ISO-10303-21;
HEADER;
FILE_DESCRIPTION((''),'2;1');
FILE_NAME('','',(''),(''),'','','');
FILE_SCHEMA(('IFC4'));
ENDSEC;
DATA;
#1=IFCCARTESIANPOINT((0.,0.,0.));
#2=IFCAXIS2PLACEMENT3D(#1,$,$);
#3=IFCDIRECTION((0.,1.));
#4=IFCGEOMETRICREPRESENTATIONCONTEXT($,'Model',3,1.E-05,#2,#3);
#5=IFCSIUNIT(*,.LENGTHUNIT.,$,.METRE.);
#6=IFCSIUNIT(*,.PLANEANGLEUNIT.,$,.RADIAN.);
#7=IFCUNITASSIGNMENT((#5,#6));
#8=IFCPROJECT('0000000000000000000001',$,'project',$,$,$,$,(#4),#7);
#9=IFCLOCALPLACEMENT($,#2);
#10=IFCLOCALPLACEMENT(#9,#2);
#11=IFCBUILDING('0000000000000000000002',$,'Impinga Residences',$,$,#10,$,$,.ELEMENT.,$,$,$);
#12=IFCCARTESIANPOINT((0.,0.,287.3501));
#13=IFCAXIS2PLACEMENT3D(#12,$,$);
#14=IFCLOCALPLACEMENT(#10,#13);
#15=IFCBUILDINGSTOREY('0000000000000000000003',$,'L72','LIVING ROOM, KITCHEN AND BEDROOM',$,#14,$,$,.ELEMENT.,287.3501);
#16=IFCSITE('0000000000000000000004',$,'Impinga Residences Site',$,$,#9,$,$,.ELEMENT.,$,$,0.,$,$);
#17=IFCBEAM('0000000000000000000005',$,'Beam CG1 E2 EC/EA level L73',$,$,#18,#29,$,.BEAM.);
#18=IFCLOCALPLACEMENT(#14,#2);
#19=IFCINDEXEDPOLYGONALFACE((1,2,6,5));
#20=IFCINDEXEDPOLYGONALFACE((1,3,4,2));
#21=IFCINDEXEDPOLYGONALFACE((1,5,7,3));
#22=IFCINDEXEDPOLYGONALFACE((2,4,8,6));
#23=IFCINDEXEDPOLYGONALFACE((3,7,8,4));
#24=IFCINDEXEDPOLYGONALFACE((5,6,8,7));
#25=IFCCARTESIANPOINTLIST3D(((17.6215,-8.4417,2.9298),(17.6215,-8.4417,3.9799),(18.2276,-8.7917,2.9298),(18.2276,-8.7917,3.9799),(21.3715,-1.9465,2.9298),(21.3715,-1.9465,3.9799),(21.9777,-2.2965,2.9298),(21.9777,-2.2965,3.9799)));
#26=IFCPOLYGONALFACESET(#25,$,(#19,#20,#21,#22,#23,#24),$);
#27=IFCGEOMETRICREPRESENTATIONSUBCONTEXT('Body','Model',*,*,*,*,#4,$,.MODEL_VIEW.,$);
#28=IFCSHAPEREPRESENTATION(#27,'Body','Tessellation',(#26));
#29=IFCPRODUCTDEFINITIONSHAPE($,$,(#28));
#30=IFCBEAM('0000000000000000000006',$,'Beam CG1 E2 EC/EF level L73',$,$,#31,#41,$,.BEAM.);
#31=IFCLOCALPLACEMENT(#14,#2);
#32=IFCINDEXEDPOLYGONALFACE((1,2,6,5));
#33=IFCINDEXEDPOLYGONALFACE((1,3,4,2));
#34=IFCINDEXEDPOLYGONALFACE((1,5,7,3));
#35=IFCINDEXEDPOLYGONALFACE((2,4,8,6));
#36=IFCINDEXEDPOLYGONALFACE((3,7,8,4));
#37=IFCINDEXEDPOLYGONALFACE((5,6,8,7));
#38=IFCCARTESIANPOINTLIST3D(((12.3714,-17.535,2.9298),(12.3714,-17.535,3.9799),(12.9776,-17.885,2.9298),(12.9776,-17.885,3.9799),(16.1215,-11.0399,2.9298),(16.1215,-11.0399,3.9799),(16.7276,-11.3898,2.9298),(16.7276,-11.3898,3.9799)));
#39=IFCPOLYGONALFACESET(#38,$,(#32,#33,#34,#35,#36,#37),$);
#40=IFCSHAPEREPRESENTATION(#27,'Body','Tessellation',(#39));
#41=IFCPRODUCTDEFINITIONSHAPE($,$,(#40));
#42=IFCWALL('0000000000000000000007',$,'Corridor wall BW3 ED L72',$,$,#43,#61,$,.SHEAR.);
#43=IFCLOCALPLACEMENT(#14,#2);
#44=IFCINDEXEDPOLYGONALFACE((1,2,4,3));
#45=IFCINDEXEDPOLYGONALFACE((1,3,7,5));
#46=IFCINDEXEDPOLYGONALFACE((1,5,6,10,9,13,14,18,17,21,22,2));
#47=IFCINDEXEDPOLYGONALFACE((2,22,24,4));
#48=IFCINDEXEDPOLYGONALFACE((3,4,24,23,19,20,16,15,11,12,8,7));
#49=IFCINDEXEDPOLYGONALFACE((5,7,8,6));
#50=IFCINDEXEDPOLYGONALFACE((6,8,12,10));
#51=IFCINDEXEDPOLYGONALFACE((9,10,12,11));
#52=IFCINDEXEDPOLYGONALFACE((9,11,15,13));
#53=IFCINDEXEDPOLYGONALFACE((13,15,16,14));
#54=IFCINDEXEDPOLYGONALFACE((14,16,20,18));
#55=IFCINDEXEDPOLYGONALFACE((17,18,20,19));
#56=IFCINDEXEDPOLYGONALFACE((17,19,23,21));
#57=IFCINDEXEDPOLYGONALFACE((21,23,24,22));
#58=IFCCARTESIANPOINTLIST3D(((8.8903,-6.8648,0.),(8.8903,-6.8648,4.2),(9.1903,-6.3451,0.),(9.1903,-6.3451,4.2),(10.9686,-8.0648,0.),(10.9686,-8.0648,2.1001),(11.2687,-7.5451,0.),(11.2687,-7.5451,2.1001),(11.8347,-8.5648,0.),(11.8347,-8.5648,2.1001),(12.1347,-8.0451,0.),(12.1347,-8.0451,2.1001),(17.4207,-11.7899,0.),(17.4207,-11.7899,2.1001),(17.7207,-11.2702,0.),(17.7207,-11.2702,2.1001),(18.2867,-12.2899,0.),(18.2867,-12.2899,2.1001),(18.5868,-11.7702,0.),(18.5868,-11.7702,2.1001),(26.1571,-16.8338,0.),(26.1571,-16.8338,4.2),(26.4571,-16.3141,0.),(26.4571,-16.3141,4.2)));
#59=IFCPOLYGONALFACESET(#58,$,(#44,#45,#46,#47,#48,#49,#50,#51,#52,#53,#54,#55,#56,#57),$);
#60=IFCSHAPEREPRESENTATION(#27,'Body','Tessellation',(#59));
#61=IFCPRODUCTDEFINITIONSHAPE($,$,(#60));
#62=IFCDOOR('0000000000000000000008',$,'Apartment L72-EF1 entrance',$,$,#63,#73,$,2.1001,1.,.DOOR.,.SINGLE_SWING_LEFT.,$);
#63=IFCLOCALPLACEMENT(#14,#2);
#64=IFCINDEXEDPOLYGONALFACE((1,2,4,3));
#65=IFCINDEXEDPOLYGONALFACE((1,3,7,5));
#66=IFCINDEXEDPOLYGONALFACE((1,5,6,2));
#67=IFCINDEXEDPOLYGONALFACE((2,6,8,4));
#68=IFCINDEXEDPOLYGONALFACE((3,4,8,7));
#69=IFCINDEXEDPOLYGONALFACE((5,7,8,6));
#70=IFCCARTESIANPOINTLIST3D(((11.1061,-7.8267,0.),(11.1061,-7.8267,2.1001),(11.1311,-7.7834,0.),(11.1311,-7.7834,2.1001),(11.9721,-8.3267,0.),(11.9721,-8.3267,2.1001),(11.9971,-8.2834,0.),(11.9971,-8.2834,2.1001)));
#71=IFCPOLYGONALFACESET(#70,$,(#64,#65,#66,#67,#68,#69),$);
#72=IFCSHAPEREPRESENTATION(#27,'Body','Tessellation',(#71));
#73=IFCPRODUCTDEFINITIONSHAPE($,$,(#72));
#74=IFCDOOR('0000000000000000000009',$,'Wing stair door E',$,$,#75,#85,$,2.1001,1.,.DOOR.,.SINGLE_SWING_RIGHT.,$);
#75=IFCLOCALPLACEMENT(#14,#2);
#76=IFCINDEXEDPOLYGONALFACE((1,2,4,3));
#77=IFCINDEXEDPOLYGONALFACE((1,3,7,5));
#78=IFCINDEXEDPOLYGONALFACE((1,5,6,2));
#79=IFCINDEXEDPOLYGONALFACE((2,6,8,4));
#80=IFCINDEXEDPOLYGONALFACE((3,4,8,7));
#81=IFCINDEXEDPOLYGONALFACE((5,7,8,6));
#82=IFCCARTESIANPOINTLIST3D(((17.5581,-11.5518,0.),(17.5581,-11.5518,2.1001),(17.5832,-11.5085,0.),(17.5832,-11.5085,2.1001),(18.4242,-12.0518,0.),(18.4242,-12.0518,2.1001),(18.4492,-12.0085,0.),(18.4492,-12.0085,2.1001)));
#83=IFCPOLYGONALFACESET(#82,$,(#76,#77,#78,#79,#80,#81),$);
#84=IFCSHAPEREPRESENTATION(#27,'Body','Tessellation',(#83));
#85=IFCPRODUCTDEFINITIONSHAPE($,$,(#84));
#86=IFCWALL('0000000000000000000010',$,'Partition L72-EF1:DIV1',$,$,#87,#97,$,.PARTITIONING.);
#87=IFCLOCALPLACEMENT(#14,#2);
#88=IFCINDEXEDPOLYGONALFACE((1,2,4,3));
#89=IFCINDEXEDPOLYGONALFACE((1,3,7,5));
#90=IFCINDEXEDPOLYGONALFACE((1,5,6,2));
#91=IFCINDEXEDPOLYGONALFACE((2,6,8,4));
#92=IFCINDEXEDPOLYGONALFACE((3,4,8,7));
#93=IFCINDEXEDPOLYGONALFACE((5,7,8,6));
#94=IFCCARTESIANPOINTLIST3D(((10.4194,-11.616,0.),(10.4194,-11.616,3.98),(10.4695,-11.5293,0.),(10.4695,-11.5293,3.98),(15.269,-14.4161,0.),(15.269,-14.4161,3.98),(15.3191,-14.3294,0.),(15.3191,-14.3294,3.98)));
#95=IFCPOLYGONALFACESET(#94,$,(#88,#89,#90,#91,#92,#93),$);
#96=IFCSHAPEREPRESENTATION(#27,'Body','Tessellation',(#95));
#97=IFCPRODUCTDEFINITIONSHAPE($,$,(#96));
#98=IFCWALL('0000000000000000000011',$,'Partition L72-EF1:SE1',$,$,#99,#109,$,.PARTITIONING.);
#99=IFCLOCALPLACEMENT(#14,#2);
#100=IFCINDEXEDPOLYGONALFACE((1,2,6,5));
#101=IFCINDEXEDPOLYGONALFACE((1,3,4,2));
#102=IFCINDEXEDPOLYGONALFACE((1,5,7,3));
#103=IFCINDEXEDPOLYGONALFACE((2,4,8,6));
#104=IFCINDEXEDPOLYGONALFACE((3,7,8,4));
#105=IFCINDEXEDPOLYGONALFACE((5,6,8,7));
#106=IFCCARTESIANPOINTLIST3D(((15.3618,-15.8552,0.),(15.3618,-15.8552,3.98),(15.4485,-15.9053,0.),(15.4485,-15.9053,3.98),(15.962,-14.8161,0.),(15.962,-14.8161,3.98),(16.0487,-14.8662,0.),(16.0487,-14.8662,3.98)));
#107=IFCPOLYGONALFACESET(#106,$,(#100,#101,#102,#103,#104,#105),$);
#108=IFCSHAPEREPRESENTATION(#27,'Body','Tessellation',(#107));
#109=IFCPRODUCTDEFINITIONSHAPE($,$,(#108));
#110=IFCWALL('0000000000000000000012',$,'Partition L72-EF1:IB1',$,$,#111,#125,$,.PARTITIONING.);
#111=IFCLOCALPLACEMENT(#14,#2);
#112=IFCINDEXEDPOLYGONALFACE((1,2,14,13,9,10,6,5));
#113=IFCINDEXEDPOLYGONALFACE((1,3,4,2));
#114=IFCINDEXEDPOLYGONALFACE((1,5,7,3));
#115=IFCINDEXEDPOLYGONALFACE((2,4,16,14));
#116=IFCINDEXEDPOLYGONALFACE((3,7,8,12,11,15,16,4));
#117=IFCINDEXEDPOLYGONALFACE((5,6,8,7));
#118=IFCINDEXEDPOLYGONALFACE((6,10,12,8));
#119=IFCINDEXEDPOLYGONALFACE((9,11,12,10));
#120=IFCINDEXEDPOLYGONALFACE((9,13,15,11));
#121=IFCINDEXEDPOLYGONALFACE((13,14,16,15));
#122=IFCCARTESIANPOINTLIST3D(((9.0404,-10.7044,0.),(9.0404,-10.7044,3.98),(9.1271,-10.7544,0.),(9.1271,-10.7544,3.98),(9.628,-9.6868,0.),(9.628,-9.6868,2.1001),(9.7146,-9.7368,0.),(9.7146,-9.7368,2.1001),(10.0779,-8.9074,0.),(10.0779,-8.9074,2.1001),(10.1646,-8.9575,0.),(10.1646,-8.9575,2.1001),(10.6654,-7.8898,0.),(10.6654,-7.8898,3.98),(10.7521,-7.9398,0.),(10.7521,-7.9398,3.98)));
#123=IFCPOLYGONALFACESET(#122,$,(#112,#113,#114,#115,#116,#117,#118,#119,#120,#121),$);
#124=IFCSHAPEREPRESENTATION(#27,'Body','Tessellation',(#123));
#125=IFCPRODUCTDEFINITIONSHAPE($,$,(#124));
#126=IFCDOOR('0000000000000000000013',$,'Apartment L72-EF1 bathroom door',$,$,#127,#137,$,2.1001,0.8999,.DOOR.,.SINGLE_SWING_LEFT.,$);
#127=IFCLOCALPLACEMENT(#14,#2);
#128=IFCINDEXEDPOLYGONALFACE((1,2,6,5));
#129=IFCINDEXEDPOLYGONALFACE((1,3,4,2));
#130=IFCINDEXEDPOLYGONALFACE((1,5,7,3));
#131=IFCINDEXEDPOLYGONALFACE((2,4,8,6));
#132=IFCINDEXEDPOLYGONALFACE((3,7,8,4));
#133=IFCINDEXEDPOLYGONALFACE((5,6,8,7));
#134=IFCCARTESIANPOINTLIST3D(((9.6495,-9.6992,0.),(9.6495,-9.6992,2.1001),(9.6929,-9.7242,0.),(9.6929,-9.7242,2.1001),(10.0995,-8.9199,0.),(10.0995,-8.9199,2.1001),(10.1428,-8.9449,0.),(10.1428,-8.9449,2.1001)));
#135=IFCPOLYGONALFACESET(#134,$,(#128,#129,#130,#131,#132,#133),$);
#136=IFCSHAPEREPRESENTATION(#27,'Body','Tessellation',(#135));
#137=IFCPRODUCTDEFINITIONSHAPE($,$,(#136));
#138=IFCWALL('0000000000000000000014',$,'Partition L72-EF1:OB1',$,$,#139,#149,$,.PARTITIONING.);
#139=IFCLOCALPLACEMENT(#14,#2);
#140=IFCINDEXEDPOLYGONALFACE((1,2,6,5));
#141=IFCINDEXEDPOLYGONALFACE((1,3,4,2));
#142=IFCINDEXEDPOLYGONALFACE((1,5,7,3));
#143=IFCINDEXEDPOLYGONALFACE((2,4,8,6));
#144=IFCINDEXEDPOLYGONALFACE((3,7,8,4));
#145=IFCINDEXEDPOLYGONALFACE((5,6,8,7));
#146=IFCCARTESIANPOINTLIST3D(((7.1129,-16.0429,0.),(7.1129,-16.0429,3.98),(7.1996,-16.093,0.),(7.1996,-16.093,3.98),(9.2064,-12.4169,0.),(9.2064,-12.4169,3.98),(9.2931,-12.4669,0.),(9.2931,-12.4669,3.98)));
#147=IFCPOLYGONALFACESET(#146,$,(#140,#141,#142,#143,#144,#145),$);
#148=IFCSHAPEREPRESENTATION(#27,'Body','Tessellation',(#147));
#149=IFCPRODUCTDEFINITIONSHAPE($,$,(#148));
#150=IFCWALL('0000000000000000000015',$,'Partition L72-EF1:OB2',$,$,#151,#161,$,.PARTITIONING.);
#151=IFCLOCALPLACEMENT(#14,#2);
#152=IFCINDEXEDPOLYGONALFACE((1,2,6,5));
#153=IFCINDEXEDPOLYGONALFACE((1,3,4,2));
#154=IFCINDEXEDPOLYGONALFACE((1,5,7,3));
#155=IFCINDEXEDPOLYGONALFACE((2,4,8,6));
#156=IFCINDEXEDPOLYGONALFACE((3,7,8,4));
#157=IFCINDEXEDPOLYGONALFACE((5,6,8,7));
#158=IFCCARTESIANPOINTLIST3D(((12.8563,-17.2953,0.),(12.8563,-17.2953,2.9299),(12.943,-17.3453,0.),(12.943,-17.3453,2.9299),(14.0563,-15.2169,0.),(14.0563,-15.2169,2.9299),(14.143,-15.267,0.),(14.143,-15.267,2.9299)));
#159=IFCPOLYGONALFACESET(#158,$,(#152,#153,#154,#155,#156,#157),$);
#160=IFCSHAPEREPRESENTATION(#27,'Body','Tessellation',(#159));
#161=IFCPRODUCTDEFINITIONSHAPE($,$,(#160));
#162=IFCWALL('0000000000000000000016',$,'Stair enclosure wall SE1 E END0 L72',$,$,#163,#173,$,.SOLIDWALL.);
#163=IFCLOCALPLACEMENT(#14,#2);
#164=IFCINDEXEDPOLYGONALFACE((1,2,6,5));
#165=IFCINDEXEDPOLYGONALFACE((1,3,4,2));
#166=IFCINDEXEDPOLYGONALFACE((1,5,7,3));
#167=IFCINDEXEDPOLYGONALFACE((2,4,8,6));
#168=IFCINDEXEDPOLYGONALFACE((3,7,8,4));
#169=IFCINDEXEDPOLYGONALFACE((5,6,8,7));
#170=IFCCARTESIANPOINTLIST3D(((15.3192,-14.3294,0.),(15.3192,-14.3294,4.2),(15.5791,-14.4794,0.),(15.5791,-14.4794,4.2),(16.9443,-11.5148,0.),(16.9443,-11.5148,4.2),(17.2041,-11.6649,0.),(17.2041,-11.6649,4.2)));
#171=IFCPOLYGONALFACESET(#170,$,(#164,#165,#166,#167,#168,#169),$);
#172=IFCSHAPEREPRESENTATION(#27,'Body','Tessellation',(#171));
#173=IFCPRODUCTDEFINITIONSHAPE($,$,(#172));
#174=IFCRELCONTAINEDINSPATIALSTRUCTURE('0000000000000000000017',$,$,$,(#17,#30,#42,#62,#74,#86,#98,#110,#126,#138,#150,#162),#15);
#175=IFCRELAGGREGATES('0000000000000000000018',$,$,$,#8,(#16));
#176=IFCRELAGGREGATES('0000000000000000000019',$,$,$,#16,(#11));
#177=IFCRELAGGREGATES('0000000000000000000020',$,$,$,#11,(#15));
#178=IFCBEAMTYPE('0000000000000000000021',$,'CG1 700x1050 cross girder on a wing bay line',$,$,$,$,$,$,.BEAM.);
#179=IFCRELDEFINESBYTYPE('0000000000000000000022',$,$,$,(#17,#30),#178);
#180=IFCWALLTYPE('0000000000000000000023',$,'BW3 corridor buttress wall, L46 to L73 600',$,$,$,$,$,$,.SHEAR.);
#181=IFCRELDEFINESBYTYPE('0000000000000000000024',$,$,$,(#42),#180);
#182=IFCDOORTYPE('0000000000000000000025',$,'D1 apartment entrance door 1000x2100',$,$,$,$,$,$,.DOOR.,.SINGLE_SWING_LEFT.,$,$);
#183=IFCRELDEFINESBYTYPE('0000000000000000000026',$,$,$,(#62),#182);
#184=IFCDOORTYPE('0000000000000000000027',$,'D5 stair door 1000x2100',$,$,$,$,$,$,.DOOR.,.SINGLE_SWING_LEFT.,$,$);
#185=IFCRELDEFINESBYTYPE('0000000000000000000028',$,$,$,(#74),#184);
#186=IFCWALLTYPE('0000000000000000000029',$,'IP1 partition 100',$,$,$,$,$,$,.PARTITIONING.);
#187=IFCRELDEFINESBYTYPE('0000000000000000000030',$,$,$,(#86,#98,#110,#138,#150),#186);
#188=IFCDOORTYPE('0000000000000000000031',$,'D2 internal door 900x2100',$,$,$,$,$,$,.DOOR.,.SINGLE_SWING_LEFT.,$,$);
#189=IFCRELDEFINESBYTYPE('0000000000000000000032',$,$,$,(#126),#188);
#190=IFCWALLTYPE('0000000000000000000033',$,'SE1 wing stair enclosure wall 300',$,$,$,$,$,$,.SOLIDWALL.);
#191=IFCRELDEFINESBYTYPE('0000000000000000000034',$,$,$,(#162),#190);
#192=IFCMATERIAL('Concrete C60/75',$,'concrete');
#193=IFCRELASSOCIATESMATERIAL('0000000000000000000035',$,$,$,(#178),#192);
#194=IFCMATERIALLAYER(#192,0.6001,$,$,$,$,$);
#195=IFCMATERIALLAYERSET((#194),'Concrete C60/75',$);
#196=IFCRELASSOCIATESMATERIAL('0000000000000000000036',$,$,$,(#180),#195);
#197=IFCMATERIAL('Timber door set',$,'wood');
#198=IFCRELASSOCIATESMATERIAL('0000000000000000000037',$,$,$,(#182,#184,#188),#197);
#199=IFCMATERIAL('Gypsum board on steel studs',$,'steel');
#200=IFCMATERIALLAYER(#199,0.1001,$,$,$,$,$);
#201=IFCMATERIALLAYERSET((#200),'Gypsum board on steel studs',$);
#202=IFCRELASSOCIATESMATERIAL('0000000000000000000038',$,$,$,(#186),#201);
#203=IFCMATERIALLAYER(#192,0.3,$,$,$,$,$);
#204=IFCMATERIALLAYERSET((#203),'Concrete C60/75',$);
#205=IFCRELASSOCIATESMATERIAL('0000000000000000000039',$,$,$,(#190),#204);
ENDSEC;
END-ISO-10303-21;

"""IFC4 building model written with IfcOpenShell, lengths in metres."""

from ifc_helpers import new_model, si_unit, direction, frame, frame_2d, origin, origin_2d, place, context, subcontext, project, spatial, rectangle, extrude, material, layer, layer_set, material_profile, profile_set, type_object, element, fill, save


model = new_model("IFC4")

# Units and contexts
model_context = context("Model", 3, precision=1e-05, world=origin(), true_north=direction((0.0, 1.0)))
body_context = subcontext(model_context, "Body", "Model", "MODEL_VIEW")
ifc_project = project(units=[si_unit("LENGTHUNIT", "METRE"), si_unit("PLANEANGLEUNIT", "RADIAN")], contexts=[model_context])

# Site, building, storey
site_placement = place(None, origin())
site = spatial("IfcSite", under=ifc_project, at=site_placement, Name="Impinga Residences Site", CompositionType="ELEMENT", RefElevation=0.0)
building_placement = place(site_placement, origin())
building = spatial("IfcBuilding", under=site, at=building_placement, Name="Impinga Residences", CompositionType="ELEMENT")
storey_placement = place(building_placement, frame((0.0, 0.0, 287.3501)))
storey = spatial("IfcBuildingStorey", under=building, at=storey_placement, Name="L72", Description="LIVING ROOM, KITCHEN AND BEDROOM", CompositionType="ELEMENT", Elevation=287.3501)

# Beams
ifc_material_1 = material(Name="Concrete C60/75", Category="concrete")
ifc_material_profile = material_profile(ifc_material_1, rectangle(XDim=0.7, YDim=1.05, at=origin_2d()), Name="RC 700x1050")
ifc_profile_set = profile_set([ifc_material_profile], Name="Concrete C60/75")
beam_type = type_object("IfcBeamType", Name="CG1 700x1050 cross girder on a wing bay line", PredefinedType="BEAM", material=ifc_profile_set)
for number, where, z_axis, x_axis, name in (
    (1, (17.9246, -8.6167, 3.4548), (0.500004, 0.866023, 0.0), (-0.866023, 0.500004, 0.0), "Beam CG1 E2 EC/EA level L73"),
    (2, (16.4246, -11.2148, 3.4548), (-0.500004, -0.866023, 0.0), (0.866023, -0.500004, 0.0), "Beam CG1 E2 EC/EF level L73"),
):
    element("IfcBeam", number, at=place(storey_placement, frame(where, z_axis=z_axis, x_axis=x_axis)), inside=storey, type_object=beam_type, Name=name, PredefinedType="BEAM", context=body_context, shape_type="SweptSolid", body=[
        extrude(rectangle(XDim=0.7, YDim=1.05, at=origin_2d()), origin(), (0.0, 0.0, 1.0), 7.5),
    ])

# Wall, openings, doors
ifc_layer_1 = layer(ifc_material_1, 0.6001)
ifc_layer_set_1 = layer_set([ifc_layer_1], Name="Concrete C60/75")
wall_type_1 = type_object("IfcWallType", Name="BW3 corridor buttress wall, L46 to L73 600", PredefinedType="SHEAR", material=ifc_layer_set_1)
wall_1_placement = place(storey_placement, frame((9.0403, -6.605, 0.0), z_axis=(0.0, 0.0, 1.0), x_axis=(0.866026, -0.499999, 0.0)))
wall_1 = element("IfcWall", 3, at=wall_1_placement, inside=storey, type_object=wall_type_1, Name="Corridor wall BW3 ED L72", PredefinedType="SHEAR", context=body_context, shape_type="SweptSolid", body=[
    extrude(rectangle(XDim=19.938, YDim=0.6001, at=frame_2d((9.969, 0.0))), origin(), (0.0, 0.0, 1.0), 4.2),
])
opening_1_placement = place(wall_1_placement, frame((9.8501, 0.0, 0.0)))
opening_1 = element("IfcOpeningElement", 4, at=opening_1_placement, cuts=wall_1, PredefinedType="OPENING", context=body_context, shape_type="SweptSolid", body=[
    extrude(rectangle(XDim=1.0, YDim=2.1001, at=frame_2d((0.5, 1.05))), frame((0.0, 0.3101, 0.0), z_axis=(0.0, -1.0, 0.0), x_axis=(1.0, 0.0, 0.0)), (0.0, 0.0, 1.0), 0.6201),
])
opening_2_placement = place(wall_1_placement, frame((2.3999, 0.0, 0.0)))
opening_2 = element("IfcOpeningElement", 5, at=opening_2_placement, cuts=wall_1, PredefinedType="OPENING", context=body_context, shape_type="SweptSolid", body=[
    extrude(rectangle(XDim=1.0, YDim=2.1001, at=frame_2d((0.5, 1.05))), frame((0.0, 0.3101, 0.0), z_axis=(0.0, -1.0, 0.0), x_axis=(1.0, 0.0, 0.0)), (0.0, 0.0, 1.0), 0.6201),
])
ifc_material_2 = material(Name="Timber door set", Category="wood")
door_type_1 = type_object("IfcDoorType", Name="D1 apartment entrance door 1000x2100", OperationType="SINGLE_SWING_LEFT", PredefinedType="DOOR", material=ifc_material_2)
door_1_placement = place(opening_2_placement, origin())
door_1 = element("IfcDoor", 6, at=door_1_placement, inside=storey, type_object=door_type_1, Name="Apartment L72-EF1 entrance", OperationType="SINGLE_SWING_LEFT", OverallHeight=2.1001, OverallWidth=1.0, PredefinedType="DOOR", context=body_context, shape_type="SweptSolid", body=[
    extrude(rectangle(XDim=1.0, YDim=2.1001, at=frame_2d((0.5, 1.05))), frame((0.0, 0.0249, 0.0), z_axis=(0.0, -1.0, 0.0), x_axis=(1.0, 0.0, 0.0)), (0.0, 0.0, 1.0), 0.05),
])
fill(opening_2, door_1)
door_type_2 = type_object("IfcDoorType", Name="D5 stair door 1000x2100", OperationType="SINGLE_SWING_LEFT", PredefinedType="DOOR", material=ifc_material_2)
door_2_placement = place(opening_1_placement, origin())
door_2 = element("IfcDoor", 7, at=door_2_placement, inside=storey, type_object=door_type_2, Name="Wing stair door E", OperationType="SINGLE_SWING_RIGHT", OverallHeight=2.1001, OverallWidth=1.0, PredefinedType="DOOR", context=body_context, shape_type="SweptSolid", body=[
    extrude(rectangle(XDim=1.0, YDim=2.1001, at=frame_2d((0.5, 1.05))), frame((0.0, 0.0249, 0.0), z_axis=(0.0, -1.0, 0.0), x_axis=(1.0, 0.0, 0.0)), (0.0, 0.0, 1.0), 0.05),
])
fill(opening_1, door_2)

# Walls
ifc_material_3 = material(Name="Gypsum board on steel studs", Category="steel")
ifc_layer_2 = layer(ifc_material_3, 0.1001)
ifc_layer_set_2 = layer_set([ifc_layer_2], Name="Gypsum board on steel studs")
wall_type_2 = type_object("IfcWallType", Name="IP1 partition 100", PredefinedType="PARTITIONING", material=ifc_layer_set_2)
wall_2_placement = place(storey_placement, frame((10.4446, -11.5728, 0.0), z_axis=(0.0, 0.0, 1.0), x_axis=(0.866016, -0.500017, 0.0)))
element("IfcWall", 8, at=wall_2_placement, inside=storey, type_object=wall_type_2, Name="Partition L72-EF1:DIV1", PredefinedType="PARTITIONING", context=body_context, shape_type="SweptSolid", body=[
    extrude(rectangle(XDim=5.5999, YDim=0.1001, at=frame_2d((2.7998, 0.0))), origin(), (0.0, 0.0, 1.0), 3.98),
])
wall_3_placement = place(storey_placement, frame((16.0054, -14.8411, 0.0), z_axis=(0.0, 0.0, 1.0), x_axis=(-0.500122, -0.865955, 0.0)))
element("IfcWall", 9, at=wall_3_placement, inside=storey, type_object=wall_type_2, Name="Partition L72-EF1:SE1", PredefinedType="PARTITIONING", context=body_context, shape_type="SweptSolid", body=[
    extrude(rectangle(XDim=1.2, YDim=0.1001, at=frame_2d((0.6001, 0.0))), origin(), (0.0, 0.0, 1.0), 3.98),
])

# Wall, opening, door
wall_4_placement = place(storey_placement, frame((10.7087, -7.9148, 0.0), z_axis=(0.0, 0.0, 1.0), x_axis=(-0.499985, -0.866034, 0.0)))
wall_4 = element("IfcWall", 10, at=wall_4_placement, inside=storey, type_object=wall_type_2, Name="Partition L72-EF1:IB1", PredefinedType="PARTITIONING", context=body_context, shape_type="SweptSolid", body=[
    extrude(rectangle(XDim=3.25, YDim=0.1001, at=frame_2d((1.625, 0.0))), origin(), (0.0, 0.0, 1.0), 3.98),
])
opening_3_placement = place(wall_4_placement, frame((1.175, 0.0, 0.0)))
opening_3 = element("IfcOpeningElement", 11, at=opening_3_placement, cuts=wall_4, PredefinedType="OPENING", context=body_context, shape_type="SweptSolid", body=[
    extrude(rectangle(XDim=0.8999, YDim=2.1001, at=frame_2d((0.45, 1.05))), frame((0.0, 0.0601, 0.0), z_axis=(0.0, -1.0, 0.0), x_axis=(1.0, 0.0, 0.0)), (0.0, 0.0, 1.0), 0.1201),
])
door_type_3 = type_object("IfcDoorType", Name="D2 internal door 900x2100", OperationType="SINGLE_SWING_LEFT", PredefinedType="DOOR", material=ifc_material_2)
door_3_placement = place(opening_3_placement, origin())
door_3 = element("IfcDoor", 12, at=door_3_placement, inside=storey, type_object=door_type_3, Name="Apartment L72-EF1 bathroom door", OperationType="SINGLE_SWING_LEFT", OverallHeight=2.1001, OverallWidth=0.8999, PredefinedType="DOOR", context=body_context, shape_type="SweptSolid", body=[
    extrude(rectangle(XDim=0.8999, YDim=2.1001, at=frame_2d((0.45, 1.05))), frame((0.0, 0.0249, 0.0), z_axis=(0.0, -1.0, 0.0), x_axis=(1.0, 0.0, 0.0)), (0.0, 0.0, 1.0), 0.05),
])
fill(opening_3, door_3)

# Walls
wall_5_placement = place(storey_placement, frame((9.2498, -12.4419, 0.0), z_axis=(0.0, 0.0, 1.0), x_axis=(-0.500008, -0.866021, 0.0)))
element("IfcWall", 13, at=wall_5_placement, inside=storey, type_object=wall_type_2, Name="Partition L72-EF1:OB1", PredefinedType="PARTITIONING", context=body_context, shape_type="SweptSolid", body=[
    extrude(rectangle(XDim=4.187, YDim=0.1001, at=frame_2d((2.0935, 0.0))), origin(), (0.0, 0.0, 1.0), 3.98),
])
wall_6_placement = place(storey_placement, frame((14.0996, -15.2419, 0.0), z_axis=(0.0, 0.0, 1.0), x_axis=(-0.500001, -0.866025, 0.0)))
element("IfcWall", 14, at=wall_6_placement, inside=storey, type_object=wall_type_2, Name="Partition L72-EF1:OB2", PredefinedType="PARTITIONING", context=body_context, shape_type="SweptSolid", body=[
    extrude(rectangle(XDim=2.3999, YDim=0.1001, at=frame_2d((1.2, 0.0))), origin(), (0.0, 0.0, 1.0), 2.9299),
])
ifc_layer_3 = layer(ifc_material_1, 0.3)
ifc_layer_set_3 = layer_set([ifc_layer_3], Name="Concrete C60/75")
wall_type_3 = type_object("IfcWallType", Name="SE1 wing stair enclosure wall 300", PredefinedType="SOLIDWALL", material=ifc_layer_set_3)
wall_7_placement = place(storey_placement, frame((17.0742, -11.5898, 0.0), z_axis=(0.0, 0.0, 1.0), x_axis=(-0.500017, -0.866015, 0.0)))
element("IfcWall", 15, at=wall_7_placement, inside=storey, type_object=wall_type_3, Name="Stair enclosure wall SE1 E END0 L72", PredefinedType="SOLIDWALL", context=body_context, shape_type="SweptSolid", body=[
    extrude(rectangle(XDim=3.25, YDim=0.3, at=frame_2d((1.625, 0.0))), origin(), (0.0, 0.0, 1.0), 4.2),
])

save(model, "model.ifc")
